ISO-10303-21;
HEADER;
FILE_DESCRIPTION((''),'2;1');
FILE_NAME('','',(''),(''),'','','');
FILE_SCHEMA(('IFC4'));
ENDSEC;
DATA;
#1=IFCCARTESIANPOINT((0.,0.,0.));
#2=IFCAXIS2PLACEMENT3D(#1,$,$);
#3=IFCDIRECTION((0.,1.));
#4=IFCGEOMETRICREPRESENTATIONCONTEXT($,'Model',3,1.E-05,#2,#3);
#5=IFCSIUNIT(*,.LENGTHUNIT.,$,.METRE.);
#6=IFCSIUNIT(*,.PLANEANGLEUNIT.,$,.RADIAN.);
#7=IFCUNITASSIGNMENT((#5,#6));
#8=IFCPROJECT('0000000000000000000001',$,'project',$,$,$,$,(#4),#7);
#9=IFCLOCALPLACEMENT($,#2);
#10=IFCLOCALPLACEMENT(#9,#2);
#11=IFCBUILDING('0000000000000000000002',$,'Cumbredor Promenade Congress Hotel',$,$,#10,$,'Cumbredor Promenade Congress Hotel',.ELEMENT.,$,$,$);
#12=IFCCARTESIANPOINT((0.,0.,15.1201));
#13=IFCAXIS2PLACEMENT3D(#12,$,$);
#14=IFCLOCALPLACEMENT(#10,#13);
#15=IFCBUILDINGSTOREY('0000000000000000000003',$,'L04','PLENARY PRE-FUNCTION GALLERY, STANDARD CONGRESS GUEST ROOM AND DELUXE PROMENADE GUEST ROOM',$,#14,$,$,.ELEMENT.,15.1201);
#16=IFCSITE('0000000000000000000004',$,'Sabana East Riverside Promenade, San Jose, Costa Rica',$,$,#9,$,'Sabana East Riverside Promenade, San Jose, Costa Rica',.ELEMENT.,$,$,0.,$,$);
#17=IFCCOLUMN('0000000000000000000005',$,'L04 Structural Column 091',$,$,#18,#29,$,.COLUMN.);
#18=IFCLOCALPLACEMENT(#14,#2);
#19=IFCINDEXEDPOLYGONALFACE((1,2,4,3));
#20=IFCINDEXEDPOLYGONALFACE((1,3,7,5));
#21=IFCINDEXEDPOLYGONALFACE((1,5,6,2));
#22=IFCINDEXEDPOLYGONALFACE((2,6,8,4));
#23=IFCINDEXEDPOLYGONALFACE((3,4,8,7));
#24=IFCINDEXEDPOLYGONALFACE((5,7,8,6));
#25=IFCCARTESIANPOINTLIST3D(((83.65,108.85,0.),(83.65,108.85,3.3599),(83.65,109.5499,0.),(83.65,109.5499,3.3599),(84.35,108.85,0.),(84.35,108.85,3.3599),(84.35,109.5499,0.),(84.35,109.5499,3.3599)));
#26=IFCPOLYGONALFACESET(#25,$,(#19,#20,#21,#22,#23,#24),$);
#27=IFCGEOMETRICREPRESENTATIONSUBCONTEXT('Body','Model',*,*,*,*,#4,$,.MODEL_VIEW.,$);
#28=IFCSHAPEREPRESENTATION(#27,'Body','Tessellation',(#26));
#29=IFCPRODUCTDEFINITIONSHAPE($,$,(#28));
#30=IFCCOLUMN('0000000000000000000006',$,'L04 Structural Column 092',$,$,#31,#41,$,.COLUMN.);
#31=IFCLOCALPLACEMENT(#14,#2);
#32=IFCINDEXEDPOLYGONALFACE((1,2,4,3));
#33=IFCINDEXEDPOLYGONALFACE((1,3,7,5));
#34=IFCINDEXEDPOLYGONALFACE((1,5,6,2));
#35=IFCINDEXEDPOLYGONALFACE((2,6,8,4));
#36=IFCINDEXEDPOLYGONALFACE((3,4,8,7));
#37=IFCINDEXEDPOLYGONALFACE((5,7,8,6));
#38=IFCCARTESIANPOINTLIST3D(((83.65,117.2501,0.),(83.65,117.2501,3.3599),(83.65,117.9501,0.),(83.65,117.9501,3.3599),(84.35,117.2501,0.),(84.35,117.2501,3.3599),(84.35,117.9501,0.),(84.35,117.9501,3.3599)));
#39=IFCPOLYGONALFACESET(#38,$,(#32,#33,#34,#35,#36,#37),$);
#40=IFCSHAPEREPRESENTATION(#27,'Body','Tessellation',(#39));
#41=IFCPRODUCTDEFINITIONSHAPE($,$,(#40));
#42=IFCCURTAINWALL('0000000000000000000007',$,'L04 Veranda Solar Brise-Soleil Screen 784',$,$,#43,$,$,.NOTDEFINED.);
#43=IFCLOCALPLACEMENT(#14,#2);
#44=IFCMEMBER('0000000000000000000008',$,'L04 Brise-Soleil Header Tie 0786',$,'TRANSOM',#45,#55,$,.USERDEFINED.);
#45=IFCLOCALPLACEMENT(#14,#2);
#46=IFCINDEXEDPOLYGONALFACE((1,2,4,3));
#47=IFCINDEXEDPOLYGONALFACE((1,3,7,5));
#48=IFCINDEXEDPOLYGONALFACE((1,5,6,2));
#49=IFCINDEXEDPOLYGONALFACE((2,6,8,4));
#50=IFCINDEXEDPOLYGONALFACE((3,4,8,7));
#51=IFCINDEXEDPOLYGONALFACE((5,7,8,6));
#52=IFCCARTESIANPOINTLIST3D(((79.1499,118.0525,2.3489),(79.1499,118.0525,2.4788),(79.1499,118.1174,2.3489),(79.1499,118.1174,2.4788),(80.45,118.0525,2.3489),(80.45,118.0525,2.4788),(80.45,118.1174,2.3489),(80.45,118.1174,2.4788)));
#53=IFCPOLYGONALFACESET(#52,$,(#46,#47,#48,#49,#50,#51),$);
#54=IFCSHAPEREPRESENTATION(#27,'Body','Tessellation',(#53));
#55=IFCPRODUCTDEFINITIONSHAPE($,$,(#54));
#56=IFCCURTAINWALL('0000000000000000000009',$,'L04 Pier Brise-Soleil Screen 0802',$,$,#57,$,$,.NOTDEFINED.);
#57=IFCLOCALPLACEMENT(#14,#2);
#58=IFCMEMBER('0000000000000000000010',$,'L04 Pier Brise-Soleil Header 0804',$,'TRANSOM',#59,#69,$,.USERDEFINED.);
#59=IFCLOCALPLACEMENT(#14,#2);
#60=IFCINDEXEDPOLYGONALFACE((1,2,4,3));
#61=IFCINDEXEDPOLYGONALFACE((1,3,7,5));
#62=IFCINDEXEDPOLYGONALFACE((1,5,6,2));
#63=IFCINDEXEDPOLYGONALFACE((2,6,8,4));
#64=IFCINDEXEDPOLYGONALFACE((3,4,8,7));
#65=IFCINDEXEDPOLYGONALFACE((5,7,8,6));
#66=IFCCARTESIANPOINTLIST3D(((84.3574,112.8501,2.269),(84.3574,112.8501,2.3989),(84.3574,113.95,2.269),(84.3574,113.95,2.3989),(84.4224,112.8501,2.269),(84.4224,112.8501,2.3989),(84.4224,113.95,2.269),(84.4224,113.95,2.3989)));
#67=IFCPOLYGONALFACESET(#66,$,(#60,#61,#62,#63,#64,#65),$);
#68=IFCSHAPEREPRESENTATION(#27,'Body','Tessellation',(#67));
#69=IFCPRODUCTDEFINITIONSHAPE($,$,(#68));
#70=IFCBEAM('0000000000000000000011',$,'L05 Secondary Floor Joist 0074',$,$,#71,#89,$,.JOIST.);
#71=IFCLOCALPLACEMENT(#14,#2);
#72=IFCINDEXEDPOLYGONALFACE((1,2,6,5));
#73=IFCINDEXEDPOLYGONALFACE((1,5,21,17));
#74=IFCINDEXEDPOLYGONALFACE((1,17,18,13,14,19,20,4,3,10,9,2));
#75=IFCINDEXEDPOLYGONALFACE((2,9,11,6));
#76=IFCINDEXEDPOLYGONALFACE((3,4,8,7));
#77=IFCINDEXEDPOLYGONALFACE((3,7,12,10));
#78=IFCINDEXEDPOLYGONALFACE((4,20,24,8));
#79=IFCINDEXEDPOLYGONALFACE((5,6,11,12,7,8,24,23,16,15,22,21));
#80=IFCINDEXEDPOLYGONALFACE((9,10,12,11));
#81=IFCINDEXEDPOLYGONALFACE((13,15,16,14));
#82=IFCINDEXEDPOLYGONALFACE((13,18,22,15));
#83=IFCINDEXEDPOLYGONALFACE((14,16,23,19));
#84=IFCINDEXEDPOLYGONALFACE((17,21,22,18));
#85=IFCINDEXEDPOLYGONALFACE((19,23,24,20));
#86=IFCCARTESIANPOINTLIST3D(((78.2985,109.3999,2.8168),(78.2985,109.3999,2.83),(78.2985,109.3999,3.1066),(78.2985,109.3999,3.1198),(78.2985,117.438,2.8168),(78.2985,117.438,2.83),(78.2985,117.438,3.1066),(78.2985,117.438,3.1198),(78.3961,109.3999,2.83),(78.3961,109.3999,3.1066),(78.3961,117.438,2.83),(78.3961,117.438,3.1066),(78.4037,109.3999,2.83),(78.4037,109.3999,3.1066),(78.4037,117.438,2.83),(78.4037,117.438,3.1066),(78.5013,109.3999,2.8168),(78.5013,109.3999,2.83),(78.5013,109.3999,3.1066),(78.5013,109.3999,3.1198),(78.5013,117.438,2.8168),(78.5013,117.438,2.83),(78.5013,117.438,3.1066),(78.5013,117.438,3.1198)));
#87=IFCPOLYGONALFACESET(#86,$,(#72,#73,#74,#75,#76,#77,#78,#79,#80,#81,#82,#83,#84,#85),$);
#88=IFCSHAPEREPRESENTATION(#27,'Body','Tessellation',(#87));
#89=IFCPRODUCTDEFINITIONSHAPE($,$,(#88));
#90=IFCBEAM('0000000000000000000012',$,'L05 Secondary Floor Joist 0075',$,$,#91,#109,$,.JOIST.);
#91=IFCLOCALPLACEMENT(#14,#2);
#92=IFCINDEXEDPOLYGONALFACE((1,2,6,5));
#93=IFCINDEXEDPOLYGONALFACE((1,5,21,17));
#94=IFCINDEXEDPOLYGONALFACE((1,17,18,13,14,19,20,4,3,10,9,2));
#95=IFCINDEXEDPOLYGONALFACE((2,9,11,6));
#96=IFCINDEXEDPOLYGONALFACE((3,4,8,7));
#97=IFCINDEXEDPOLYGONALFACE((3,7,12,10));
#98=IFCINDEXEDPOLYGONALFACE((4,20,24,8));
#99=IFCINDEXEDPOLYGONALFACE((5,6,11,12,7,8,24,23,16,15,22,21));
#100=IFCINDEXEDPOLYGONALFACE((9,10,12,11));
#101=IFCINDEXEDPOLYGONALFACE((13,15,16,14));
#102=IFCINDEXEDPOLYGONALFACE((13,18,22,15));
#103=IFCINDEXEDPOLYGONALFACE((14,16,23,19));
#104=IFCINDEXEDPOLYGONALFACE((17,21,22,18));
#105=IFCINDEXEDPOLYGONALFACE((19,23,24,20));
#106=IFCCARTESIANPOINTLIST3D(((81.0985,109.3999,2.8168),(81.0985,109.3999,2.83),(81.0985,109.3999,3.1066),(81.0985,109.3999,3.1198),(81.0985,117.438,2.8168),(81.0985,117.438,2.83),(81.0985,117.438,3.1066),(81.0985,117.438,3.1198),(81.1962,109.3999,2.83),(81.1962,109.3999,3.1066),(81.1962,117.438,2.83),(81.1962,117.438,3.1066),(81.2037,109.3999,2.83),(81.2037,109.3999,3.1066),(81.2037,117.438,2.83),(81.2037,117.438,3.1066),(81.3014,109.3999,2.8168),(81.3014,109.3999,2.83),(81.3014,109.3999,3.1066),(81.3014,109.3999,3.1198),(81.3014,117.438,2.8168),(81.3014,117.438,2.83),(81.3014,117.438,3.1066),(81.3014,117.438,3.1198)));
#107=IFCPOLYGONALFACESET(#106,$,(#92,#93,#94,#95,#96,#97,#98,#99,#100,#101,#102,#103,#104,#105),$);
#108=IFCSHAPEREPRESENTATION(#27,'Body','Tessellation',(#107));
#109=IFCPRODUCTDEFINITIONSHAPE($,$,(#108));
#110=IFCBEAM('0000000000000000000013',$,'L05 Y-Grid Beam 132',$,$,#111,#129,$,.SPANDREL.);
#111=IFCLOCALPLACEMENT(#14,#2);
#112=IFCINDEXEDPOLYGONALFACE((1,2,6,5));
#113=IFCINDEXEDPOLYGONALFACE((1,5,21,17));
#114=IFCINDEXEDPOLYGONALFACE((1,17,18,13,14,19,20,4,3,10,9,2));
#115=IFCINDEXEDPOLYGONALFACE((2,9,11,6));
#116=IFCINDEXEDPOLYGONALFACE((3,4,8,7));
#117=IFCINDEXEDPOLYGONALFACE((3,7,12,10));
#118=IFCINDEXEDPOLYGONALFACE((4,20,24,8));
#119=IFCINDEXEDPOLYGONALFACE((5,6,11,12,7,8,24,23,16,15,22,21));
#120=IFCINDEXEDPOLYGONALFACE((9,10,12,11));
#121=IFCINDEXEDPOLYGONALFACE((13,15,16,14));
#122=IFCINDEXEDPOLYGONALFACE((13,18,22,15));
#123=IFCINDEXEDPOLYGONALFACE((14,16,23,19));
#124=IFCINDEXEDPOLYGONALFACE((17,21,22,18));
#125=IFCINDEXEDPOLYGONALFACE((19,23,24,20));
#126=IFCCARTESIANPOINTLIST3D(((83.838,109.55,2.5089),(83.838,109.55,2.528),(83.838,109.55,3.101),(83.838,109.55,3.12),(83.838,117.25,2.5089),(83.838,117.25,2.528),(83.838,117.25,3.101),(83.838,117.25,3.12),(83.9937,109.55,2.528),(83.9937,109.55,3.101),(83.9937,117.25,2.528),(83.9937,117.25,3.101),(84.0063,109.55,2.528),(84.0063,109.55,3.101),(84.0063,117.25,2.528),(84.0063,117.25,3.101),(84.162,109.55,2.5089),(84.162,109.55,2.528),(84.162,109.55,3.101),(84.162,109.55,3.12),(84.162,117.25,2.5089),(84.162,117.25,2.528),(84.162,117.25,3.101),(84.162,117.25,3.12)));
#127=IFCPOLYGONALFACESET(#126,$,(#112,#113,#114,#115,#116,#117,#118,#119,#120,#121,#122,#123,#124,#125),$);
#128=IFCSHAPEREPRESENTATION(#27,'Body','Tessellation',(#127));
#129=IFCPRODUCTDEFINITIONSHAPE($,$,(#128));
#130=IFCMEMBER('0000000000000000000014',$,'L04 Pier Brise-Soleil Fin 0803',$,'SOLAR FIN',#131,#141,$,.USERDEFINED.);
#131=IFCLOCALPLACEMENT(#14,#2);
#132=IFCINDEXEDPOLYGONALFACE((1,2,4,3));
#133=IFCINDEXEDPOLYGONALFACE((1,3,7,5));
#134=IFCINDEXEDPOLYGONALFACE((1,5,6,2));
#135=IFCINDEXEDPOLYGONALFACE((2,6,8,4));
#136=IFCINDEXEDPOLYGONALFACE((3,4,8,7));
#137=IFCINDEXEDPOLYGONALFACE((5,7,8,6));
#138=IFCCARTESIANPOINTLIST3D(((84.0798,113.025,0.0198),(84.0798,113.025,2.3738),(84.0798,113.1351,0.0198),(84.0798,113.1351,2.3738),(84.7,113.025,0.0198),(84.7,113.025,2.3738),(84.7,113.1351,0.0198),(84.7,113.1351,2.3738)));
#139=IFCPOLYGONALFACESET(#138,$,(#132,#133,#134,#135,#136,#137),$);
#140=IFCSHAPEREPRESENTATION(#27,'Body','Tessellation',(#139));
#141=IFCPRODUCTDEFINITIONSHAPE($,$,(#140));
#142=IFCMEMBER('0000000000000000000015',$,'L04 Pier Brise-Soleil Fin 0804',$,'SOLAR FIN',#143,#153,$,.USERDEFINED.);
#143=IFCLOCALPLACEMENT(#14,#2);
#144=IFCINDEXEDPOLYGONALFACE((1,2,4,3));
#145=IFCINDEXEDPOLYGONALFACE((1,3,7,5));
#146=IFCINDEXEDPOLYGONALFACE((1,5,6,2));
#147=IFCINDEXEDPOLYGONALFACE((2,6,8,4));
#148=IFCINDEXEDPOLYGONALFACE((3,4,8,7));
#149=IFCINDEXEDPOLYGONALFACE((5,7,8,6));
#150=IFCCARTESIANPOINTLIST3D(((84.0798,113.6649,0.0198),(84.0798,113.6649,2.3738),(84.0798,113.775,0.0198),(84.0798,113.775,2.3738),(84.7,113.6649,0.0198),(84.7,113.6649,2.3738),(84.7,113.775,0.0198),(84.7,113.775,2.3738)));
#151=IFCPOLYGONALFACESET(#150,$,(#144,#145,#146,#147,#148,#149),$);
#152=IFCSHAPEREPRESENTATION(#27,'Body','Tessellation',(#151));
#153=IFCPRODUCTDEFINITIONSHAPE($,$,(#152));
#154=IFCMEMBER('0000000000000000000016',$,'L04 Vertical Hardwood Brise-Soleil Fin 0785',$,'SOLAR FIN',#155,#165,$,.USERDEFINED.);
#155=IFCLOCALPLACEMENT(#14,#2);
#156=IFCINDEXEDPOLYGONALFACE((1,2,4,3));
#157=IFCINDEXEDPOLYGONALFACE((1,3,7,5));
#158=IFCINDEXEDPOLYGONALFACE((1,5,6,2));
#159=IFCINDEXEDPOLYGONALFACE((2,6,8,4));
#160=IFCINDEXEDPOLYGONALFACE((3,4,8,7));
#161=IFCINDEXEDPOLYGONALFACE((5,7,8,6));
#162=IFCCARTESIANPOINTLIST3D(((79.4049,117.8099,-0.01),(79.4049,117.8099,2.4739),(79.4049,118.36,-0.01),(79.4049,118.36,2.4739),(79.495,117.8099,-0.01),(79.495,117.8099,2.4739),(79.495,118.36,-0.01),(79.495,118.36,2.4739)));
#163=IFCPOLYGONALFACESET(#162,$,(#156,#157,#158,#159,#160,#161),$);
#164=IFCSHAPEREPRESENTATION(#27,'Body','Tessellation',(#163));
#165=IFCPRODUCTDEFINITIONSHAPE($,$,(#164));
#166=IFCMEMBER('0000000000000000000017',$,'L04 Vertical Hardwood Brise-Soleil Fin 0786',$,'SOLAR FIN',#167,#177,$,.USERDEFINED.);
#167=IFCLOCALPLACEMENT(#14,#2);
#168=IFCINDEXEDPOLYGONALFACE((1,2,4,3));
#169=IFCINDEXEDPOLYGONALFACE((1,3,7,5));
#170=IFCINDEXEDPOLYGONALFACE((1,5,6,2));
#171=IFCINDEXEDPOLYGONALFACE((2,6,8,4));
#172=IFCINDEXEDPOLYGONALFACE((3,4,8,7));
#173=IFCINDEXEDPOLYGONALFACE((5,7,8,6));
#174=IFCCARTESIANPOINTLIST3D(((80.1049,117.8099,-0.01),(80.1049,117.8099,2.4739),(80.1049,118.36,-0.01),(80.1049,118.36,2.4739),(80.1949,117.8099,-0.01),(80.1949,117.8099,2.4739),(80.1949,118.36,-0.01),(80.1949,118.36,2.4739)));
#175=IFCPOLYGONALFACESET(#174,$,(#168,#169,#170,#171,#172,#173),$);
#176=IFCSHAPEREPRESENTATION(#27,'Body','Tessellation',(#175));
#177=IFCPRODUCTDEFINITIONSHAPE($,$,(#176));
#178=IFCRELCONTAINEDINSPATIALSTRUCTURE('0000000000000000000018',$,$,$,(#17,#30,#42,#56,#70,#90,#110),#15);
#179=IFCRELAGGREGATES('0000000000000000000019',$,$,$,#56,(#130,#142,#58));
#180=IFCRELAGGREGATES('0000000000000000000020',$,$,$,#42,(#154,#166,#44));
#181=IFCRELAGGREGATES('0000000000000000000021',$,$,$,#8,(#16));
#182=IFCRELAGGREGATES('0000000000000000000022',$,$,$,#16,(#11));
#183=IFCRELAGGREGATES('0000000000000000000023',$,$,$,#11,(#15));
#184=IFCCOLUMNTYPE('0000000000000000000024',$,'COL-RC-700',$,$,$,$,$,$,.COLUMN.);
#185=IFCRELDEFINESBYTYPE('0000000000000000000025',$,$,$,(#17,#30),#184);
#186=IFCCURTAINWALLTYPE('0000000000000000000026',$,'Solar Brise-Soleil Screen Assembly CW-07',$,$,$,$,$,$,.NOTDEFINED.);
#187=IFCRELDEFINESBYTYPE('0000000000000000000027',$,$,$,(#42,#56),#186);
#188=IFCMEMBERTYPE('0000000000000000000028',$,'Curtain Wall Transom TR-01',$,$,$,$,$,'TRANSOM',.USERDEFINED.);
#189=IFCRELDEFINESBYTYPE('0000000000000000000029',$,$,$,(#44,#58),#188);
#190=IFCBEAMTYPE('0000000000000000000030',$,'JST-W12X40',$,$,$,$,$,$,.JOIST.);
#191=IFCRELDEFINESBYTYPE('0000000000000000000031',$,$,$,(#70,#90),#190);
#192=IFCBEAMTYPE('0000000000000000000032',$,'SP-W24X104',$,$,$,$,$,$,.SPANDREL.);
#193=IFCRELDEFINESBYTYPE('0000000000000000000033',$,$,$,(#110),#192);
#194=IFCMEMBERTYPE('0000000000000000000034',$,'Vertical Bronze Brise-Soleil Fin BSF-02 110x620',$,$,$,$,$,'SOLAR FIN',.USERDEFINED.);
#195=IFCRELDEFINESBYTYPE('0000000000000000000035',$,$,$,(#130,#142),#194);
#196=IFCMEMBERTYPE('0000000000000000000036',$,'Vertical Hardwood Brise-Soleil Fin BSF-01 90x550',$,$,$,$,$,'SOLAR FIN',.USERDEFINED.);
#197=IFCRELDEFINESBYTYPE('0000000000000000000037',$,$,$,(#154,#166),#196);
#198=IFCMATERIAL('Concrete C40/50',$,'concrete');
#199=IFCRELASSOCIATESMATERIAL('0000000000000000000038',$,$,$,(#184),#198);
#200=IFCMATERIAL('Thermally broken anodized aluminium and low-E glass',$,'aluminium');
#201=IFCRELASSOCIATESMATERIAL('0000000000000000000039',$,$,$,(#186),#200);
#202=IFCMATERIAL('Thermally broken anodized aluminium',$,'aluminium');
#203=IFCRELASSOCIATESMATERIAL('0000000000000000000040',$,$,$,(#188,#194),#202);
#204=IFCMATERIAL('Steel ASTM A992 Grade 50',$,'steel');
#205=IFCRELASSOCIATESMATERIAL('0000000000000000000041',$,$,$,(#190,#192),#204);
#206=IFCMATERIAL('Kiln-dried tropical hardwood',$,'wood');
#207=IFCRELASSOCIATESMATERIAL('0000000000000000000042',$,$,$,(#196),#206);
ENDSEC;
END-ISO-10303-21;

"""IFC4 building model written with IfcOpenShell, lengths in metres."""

from ifc_helpers import new_model, si_unit, direction, frame, origin, origin_2d, place, context, subcontext, project, spatial, rectangle, i_section, extrude, material, material_profile, profile_set, type_object, element, aggregate, save


model = new_model("IFC4")

# Units and contexts
model_context = context("Model", 3, precision=1e-05, world=origin(), true_north=direction((0.0, 1.0)))
body_context = subcontext(model_context, "Body", "Model", "MODEL_VIEW")
ifc_project = project(units=[si_unit("LENGTHUNIT", "METRE"), si_unit("PLANEANGLEUNIT", "RADIAN")], contexts=[model_context])

# Site, building, storey
site_placement = place(None, origin())
site = spatial("IfcSite", under=ifc_project, at=site_placement, Name="Sabana East Riverside Promenade, San Jose, Costa Rica", LongName="Sabana East Riverside Promenade, San Jose, Costa Rica", CompositionType="ELEMENT", RefElevation=0.0)
building_placement = place(site_placement, origin())
building = spatial("IfcBuilding", under=site, at=building_placement, Name="Cumbredor Promenade Congress Hotel", LongName="Cumbredor Promenade Congress Hotel", CompositionType="ELEMENT")
storey_placement = place(building_placement, frame((0.0, 0.0, 15.1201)))
storey = spatial("IfcBuildingStorey", under=building, at=storey_placement, Name="L04", Description="PLENARY PRE-FUNCTION GALLERY, STANDARD CONGRESS GUEST ROOM AND DELUXE PROMENADE GUEST ROOM", CompositionType="ELEMENT", Elevation=15.1201)

# Columns
ifc_material_1 = material(Name="Concrete C40/50", Category="concrete")
ifc_material_profile_1 = material_profile(ifc_material_1, rectangle(XDim=0.7, YDim=0.7, at=origin_2d()), Name="RC 700x700")
ifc_profile_set_1 = profile_set([ifc_material_profile_1], Name="Concrete C40/50")
column_type = type_object("IfcColumnType", Name="COL-RC-700", PredefinedType="COLUMN", material=ifc_profile_set_1)
for number, where, z_axis, x_axis, name in (
    (1, (84.0, 109.2, 0.0), (0.0, 0.0, 1.0), (1.0, 0.0, 0.0), "L04 Structural Column 091"),
    (2, (84.0, 117.6001, 0.0), (0.0, 0.0, 1.0), (1.0, 0.0, 0.0), "L04 Structural Column 092"),
):
    element("IfcColumn", number, at=place(storey_placement, frame(where, z_axis=z_axis, x_axis=x_axis)), inside=storey, type_object=column_type, Name=name, PredefinedType="COLUMN", context=body_context, shape_type="SweptSolid", body=[
        extrude(rectangle(XDim=0.7, YDim=0.7, at=origin_2d()), origin(), (0.0, 0.0, 1.0), 3.3599),
    ])

# Curtain walls, members
ifc_material_2 = material(Name="Thermally broken anodized aluminium and low-E glass", Category="aluminium")
curtain_wall_type = type_object("IfcCurtainWallType", Name="Solar Brise-Soleil Screen Assembly CW-07", PredefinedType="NOTDEFINED", material=ifc_material_2)
curtain_wall_1_placement = place(storey_placement, origin())
curtain_wall_1 = element("IfcCurtainWall", 3, at=curtain_wall_1_placement, inside=storey, type_object=curtain_wall_type, Name="L04 Veranda Solar Brise-Soleil Screen 784", PredefinedType="NOTDEFINED")
ifc_material_3 = material(Name="Thermally broken anodized aluminium", Category="aluminium")
ifc_material_profile_2 = material_profile(ifc_material_3, rectangle(XDim=0.0649, YDim=0.1299, at=origin_2d()), Name="ALU TRANSOM 65x130")
ifc_profile_set_2 = profile_set([ifc_material_profile_2], Name="Thermally broken anodized aluminium")
member_type_1 = type_object("IfcMemberType", Name="Curtain Wall Transom TR-01", ElementType="TRANSOM", PredefinedType="USERDEFINED", material=ifc_profile_set_2)
member_1_placement = place(storey_placement, frame((79.1499, 118.085, 2.4138), z_axis=(1.0, 0.0, 0.0), x_axis=(0.0, 1.0, 0.0)))
member_1 = element("IfcMember", 4, at=member_1_placement, type_object=member_type_1, Name="L04 Brise-Soleil Header Tie 0786", ObjectType="TRANSOM", PredefinedType="USERDEFINED", context=body_context, shape_type="SweptSolid", body=[
    extrude(rectangle(XDim=0.0649, YDim=0.1299, at=origin_2d()), origin(), (0.0, 0.0, 1.0), 1.3),
])
curtain_wall_2_placement = place(storey_placement, origin())
curtain_wall_2 = element("IfcCurtainWall", 5, at=curtain_wall_2_placement, inside=storey, type_object=curtain_wall_type, Name="L04 Pier Brise-Soleil Screen 0802", PredefinedType="NOTDEFINED")
member_2_placement = place(storey_placement, frame((84.3899, 112.8501, 2.334), z_axis=(0.0, 1.0, 0.0), x_axis=(-1.0, 0.0, 0.0)))
member_2 = element("IfcMember", 6, at=member_2_placement, type_object=member_type_1, Name="L04 Pier Brise-Soleil Header 0804", ObjectType="TRANSOM", PredefinedType="USERDEFINED", context=body_context, shape_type="SweptSolid", body=[
    extrude(rectangle(XDim=0.0649, YDim=0.1299, at=origin_2d()), origin(), (0.0, 0.0, 1.0), 1.0999),
])

# Beams
ifc_material_4 = material(Name="Steel ASTM A992 Grade 50", Category="steel")
ifc_material_profile_3 = material_profile(ifc_material_4, i_section(OverallWidth=0.2029, OverallDepth=0.303, WebThickness=0.0076, FlangeThickness=0.0132, at=origin_2d()), Name="W12X40")
ifc_profile_set_3 = profile_set([ifc_material_profile_3], Name="Steel ASTM A992 Grade 50")
beam_type_1 = type_object("IfcBeamType", Name="JST-W12X40", PredefinedType="JOIST", material=ifc_profile_set_3)
for number, where, z_axis, x_axis, name in (
    (7, (78.3999, 109.3999, 2.9683), (0.0, 1.0, 0.0), (-1.0, 0.0, 0.0), "L05 Secondary Floor Joist 0074"),
    (8, (81.2, 109.3999, 2.9683), (0.0, 1.0, 0.0), (-1.0, 0.0, 0.0), "L05 Secondary Floor Joist 0075"),
):
    element("IfcBeam", number, at=place(storey_placement, frame(where, z_axis=z_axis, x_axis=x_axis)), inside=storey, type_object=beam_type_1, Name=name, PredefinedType="JOIST", context=body_context, shape_type="SweptSolid", body=[
        extrude(i_section(OverallWidth=0.2029, OverallDepth=0.303, WebThickness=0.0076, FlangeThickness=0.0132, at=origin_2d()), origin(), (0.0, 0.0, 1.0), 8.0381),
    ])
ifc_material_profile_4 = material_profile(ifc_material_4, i_section(OverallWidth=0.324, OverallDepth=0.6111, WebThickness=0.0127, FlangeThickness=0.019, at=origin_2d()), Name="W24X104")
ifc_profile_set_4 = profile_set([ifc_material_profile_4], Name="Steel ASTM A992 Grade 50")
beam_type_2 = type_object("IfcBeamType", Name="SP-W24X104", PredefinedType="SPANDREL", material=ifc_profile_set_4)
beam_placement = place(storey_placement, frame((84.0, 109.55, 2.8145), z_axis=(0.0, 1.0, 0.0), x_axis=(-1.0, 0.0, 0.0)))
element("IfcBeam", 9, at=beam_placement, inside=storey, type_object=beam_type_2, Name="L05 Y-Grid Beam 132", PredefinedType="SPANDREL", context=body_context, shape_type="SweptSolid", body=[
    extrude(i_section(OverallWidth=0.324, OverallDepth=0.6111, WebThickness=0.0127, FlangeThickness=0.019, at=origin_2d()), origin(), (0.0, 0.0, 1.0), 7.7),
])

# Members
ifc_material_profile_5 = material_profile(ifc_material_3, rectangle(XDim=0.1101, YDim=0.6201, at=origin_2d()), Name="ARCH FIN 110x620")
ifc_profile_set_5 = profile_set([ifc_material_profile_5], Name="Thermally broken anodized aluminium")
member_type_2 = type_object("IfcMemberType", Name="Vertical Bronze Brise-Soleil Fin BSF-02 110x620", ElementType="SOLAR FIN", PredefinedType="USERDEFINED", material=ifc_profile_set_5)
member_3_placement = place(storey_placement, frame((84.3899, 113.0801, 0.0198), z_axis=(0.0, 0.0, 1.0), x_axis=(0.0, 1.0, 0.0)))
member_3 = element("IfcMember", 10, at=member_3_placement, type_object=member_type_2, Name="L04 Pier Brise-Soleil Fin 0803", ObjectType="SOLAR FIN", PredefinedType="USERDEFINED", context=body_context, shape_type="SweptSolid", body=[
    extrude(rectangle(XDim=0.1101, YDim=0.6201, at=origin_2d()), origin(), (0.0, 0.0, 1.0), 2.354),
])
member_4_placement = place(storey_placement, frame((84.3899, 113.72, 0.0198), z_axis=(0.0, 0.0, 1.0), x_axis=(0.0, 1.0, 0.0)))
member_4 = element("IfcMember", 11, at=member_4_placement, type_object=member_type_2, Name="L04 Pier Brise-Soleil Fin 0804", ObjectType="SOLAR FIN", PredefinedType="USERDEFINED", context=body_context, shape_type="SweptSolid", body=[
    extrude(rectangle(XDim=0.1101, YDim=0.6201, at=origin_2d()), origin(), (0.0, 0.0, 1.0), 2.354),
])
aggregate(curtain_wall_2, [member_3, member_4, member_2])
ifc_material_5 = material(Name="Kiln-dried tropical hardwood", Category="wood")
ifc_material_profile_6 = material_profile(ifc_material_5, rectangle(XDim=0.0901, YDim=0.55, at=origin_2d()), Name="ARCH FIN 90x550")
ifc_profile_set_6 = profile_set([ifc_material_profile_6], Name="Kiln-dried tropical hardwood")
member_type_3 = type_object("IfcMemberType", Name="Vertical Hardwood Brise-Soleil Fin BSF-01 90x550", ElementType="SOLAR FIN", PredefinedType="USERDEFINED", material=ifc_profile_set_6)
member_5_placement = place(storey_placement, frame((79.45, 118.085, -0.01), z_axis=(0.0, 0.0, 1.0), x_axis=(1.0, 0.0, 0.0)))
member_5 = element("IfcMember", 12, at=member_5_placement, type_object=member_type_3, Name="L04 Vertical Hardwood Brise-Soleil Fin 0785", ObjectType="SOLAR FIN", PredefinedType="USERDEFINED", context=body_context, shape_type="SweptSolid", body=[
    extrude(rectangle(XDim=0.0901, YDim=0.55, at=origin_2d()), origin(), (0.0, 0.0, 1.0), 2.4839),
])
member_6_placement = place(storey_placement, frame((80.1499, 118.085, -0.01), z_axis=(0.0, 0.0, 1.0), x_axis=(1.0, 0.0, 0.0)))
member_6 = element("IfcMember", 13, at=member_6_placement, type_object=member_type_3, Name="L04 Vertical Hardwood Brise-Soleil Fin 0786", ObjectType="SOLAR FIN", PredefinedType="USERDEFINED", context=body_context, shape_type="SweptSolid", body=[
    extrude(rectangle(XDim=0.0901, YDim=0.55, at=origin_2d()), origin(), (0.0, 0.0, 1.0), 2.4839),
])
aggregate(curtain_wall_1, [member_5, member_6, member_1])

save(model, "model.ifc")
